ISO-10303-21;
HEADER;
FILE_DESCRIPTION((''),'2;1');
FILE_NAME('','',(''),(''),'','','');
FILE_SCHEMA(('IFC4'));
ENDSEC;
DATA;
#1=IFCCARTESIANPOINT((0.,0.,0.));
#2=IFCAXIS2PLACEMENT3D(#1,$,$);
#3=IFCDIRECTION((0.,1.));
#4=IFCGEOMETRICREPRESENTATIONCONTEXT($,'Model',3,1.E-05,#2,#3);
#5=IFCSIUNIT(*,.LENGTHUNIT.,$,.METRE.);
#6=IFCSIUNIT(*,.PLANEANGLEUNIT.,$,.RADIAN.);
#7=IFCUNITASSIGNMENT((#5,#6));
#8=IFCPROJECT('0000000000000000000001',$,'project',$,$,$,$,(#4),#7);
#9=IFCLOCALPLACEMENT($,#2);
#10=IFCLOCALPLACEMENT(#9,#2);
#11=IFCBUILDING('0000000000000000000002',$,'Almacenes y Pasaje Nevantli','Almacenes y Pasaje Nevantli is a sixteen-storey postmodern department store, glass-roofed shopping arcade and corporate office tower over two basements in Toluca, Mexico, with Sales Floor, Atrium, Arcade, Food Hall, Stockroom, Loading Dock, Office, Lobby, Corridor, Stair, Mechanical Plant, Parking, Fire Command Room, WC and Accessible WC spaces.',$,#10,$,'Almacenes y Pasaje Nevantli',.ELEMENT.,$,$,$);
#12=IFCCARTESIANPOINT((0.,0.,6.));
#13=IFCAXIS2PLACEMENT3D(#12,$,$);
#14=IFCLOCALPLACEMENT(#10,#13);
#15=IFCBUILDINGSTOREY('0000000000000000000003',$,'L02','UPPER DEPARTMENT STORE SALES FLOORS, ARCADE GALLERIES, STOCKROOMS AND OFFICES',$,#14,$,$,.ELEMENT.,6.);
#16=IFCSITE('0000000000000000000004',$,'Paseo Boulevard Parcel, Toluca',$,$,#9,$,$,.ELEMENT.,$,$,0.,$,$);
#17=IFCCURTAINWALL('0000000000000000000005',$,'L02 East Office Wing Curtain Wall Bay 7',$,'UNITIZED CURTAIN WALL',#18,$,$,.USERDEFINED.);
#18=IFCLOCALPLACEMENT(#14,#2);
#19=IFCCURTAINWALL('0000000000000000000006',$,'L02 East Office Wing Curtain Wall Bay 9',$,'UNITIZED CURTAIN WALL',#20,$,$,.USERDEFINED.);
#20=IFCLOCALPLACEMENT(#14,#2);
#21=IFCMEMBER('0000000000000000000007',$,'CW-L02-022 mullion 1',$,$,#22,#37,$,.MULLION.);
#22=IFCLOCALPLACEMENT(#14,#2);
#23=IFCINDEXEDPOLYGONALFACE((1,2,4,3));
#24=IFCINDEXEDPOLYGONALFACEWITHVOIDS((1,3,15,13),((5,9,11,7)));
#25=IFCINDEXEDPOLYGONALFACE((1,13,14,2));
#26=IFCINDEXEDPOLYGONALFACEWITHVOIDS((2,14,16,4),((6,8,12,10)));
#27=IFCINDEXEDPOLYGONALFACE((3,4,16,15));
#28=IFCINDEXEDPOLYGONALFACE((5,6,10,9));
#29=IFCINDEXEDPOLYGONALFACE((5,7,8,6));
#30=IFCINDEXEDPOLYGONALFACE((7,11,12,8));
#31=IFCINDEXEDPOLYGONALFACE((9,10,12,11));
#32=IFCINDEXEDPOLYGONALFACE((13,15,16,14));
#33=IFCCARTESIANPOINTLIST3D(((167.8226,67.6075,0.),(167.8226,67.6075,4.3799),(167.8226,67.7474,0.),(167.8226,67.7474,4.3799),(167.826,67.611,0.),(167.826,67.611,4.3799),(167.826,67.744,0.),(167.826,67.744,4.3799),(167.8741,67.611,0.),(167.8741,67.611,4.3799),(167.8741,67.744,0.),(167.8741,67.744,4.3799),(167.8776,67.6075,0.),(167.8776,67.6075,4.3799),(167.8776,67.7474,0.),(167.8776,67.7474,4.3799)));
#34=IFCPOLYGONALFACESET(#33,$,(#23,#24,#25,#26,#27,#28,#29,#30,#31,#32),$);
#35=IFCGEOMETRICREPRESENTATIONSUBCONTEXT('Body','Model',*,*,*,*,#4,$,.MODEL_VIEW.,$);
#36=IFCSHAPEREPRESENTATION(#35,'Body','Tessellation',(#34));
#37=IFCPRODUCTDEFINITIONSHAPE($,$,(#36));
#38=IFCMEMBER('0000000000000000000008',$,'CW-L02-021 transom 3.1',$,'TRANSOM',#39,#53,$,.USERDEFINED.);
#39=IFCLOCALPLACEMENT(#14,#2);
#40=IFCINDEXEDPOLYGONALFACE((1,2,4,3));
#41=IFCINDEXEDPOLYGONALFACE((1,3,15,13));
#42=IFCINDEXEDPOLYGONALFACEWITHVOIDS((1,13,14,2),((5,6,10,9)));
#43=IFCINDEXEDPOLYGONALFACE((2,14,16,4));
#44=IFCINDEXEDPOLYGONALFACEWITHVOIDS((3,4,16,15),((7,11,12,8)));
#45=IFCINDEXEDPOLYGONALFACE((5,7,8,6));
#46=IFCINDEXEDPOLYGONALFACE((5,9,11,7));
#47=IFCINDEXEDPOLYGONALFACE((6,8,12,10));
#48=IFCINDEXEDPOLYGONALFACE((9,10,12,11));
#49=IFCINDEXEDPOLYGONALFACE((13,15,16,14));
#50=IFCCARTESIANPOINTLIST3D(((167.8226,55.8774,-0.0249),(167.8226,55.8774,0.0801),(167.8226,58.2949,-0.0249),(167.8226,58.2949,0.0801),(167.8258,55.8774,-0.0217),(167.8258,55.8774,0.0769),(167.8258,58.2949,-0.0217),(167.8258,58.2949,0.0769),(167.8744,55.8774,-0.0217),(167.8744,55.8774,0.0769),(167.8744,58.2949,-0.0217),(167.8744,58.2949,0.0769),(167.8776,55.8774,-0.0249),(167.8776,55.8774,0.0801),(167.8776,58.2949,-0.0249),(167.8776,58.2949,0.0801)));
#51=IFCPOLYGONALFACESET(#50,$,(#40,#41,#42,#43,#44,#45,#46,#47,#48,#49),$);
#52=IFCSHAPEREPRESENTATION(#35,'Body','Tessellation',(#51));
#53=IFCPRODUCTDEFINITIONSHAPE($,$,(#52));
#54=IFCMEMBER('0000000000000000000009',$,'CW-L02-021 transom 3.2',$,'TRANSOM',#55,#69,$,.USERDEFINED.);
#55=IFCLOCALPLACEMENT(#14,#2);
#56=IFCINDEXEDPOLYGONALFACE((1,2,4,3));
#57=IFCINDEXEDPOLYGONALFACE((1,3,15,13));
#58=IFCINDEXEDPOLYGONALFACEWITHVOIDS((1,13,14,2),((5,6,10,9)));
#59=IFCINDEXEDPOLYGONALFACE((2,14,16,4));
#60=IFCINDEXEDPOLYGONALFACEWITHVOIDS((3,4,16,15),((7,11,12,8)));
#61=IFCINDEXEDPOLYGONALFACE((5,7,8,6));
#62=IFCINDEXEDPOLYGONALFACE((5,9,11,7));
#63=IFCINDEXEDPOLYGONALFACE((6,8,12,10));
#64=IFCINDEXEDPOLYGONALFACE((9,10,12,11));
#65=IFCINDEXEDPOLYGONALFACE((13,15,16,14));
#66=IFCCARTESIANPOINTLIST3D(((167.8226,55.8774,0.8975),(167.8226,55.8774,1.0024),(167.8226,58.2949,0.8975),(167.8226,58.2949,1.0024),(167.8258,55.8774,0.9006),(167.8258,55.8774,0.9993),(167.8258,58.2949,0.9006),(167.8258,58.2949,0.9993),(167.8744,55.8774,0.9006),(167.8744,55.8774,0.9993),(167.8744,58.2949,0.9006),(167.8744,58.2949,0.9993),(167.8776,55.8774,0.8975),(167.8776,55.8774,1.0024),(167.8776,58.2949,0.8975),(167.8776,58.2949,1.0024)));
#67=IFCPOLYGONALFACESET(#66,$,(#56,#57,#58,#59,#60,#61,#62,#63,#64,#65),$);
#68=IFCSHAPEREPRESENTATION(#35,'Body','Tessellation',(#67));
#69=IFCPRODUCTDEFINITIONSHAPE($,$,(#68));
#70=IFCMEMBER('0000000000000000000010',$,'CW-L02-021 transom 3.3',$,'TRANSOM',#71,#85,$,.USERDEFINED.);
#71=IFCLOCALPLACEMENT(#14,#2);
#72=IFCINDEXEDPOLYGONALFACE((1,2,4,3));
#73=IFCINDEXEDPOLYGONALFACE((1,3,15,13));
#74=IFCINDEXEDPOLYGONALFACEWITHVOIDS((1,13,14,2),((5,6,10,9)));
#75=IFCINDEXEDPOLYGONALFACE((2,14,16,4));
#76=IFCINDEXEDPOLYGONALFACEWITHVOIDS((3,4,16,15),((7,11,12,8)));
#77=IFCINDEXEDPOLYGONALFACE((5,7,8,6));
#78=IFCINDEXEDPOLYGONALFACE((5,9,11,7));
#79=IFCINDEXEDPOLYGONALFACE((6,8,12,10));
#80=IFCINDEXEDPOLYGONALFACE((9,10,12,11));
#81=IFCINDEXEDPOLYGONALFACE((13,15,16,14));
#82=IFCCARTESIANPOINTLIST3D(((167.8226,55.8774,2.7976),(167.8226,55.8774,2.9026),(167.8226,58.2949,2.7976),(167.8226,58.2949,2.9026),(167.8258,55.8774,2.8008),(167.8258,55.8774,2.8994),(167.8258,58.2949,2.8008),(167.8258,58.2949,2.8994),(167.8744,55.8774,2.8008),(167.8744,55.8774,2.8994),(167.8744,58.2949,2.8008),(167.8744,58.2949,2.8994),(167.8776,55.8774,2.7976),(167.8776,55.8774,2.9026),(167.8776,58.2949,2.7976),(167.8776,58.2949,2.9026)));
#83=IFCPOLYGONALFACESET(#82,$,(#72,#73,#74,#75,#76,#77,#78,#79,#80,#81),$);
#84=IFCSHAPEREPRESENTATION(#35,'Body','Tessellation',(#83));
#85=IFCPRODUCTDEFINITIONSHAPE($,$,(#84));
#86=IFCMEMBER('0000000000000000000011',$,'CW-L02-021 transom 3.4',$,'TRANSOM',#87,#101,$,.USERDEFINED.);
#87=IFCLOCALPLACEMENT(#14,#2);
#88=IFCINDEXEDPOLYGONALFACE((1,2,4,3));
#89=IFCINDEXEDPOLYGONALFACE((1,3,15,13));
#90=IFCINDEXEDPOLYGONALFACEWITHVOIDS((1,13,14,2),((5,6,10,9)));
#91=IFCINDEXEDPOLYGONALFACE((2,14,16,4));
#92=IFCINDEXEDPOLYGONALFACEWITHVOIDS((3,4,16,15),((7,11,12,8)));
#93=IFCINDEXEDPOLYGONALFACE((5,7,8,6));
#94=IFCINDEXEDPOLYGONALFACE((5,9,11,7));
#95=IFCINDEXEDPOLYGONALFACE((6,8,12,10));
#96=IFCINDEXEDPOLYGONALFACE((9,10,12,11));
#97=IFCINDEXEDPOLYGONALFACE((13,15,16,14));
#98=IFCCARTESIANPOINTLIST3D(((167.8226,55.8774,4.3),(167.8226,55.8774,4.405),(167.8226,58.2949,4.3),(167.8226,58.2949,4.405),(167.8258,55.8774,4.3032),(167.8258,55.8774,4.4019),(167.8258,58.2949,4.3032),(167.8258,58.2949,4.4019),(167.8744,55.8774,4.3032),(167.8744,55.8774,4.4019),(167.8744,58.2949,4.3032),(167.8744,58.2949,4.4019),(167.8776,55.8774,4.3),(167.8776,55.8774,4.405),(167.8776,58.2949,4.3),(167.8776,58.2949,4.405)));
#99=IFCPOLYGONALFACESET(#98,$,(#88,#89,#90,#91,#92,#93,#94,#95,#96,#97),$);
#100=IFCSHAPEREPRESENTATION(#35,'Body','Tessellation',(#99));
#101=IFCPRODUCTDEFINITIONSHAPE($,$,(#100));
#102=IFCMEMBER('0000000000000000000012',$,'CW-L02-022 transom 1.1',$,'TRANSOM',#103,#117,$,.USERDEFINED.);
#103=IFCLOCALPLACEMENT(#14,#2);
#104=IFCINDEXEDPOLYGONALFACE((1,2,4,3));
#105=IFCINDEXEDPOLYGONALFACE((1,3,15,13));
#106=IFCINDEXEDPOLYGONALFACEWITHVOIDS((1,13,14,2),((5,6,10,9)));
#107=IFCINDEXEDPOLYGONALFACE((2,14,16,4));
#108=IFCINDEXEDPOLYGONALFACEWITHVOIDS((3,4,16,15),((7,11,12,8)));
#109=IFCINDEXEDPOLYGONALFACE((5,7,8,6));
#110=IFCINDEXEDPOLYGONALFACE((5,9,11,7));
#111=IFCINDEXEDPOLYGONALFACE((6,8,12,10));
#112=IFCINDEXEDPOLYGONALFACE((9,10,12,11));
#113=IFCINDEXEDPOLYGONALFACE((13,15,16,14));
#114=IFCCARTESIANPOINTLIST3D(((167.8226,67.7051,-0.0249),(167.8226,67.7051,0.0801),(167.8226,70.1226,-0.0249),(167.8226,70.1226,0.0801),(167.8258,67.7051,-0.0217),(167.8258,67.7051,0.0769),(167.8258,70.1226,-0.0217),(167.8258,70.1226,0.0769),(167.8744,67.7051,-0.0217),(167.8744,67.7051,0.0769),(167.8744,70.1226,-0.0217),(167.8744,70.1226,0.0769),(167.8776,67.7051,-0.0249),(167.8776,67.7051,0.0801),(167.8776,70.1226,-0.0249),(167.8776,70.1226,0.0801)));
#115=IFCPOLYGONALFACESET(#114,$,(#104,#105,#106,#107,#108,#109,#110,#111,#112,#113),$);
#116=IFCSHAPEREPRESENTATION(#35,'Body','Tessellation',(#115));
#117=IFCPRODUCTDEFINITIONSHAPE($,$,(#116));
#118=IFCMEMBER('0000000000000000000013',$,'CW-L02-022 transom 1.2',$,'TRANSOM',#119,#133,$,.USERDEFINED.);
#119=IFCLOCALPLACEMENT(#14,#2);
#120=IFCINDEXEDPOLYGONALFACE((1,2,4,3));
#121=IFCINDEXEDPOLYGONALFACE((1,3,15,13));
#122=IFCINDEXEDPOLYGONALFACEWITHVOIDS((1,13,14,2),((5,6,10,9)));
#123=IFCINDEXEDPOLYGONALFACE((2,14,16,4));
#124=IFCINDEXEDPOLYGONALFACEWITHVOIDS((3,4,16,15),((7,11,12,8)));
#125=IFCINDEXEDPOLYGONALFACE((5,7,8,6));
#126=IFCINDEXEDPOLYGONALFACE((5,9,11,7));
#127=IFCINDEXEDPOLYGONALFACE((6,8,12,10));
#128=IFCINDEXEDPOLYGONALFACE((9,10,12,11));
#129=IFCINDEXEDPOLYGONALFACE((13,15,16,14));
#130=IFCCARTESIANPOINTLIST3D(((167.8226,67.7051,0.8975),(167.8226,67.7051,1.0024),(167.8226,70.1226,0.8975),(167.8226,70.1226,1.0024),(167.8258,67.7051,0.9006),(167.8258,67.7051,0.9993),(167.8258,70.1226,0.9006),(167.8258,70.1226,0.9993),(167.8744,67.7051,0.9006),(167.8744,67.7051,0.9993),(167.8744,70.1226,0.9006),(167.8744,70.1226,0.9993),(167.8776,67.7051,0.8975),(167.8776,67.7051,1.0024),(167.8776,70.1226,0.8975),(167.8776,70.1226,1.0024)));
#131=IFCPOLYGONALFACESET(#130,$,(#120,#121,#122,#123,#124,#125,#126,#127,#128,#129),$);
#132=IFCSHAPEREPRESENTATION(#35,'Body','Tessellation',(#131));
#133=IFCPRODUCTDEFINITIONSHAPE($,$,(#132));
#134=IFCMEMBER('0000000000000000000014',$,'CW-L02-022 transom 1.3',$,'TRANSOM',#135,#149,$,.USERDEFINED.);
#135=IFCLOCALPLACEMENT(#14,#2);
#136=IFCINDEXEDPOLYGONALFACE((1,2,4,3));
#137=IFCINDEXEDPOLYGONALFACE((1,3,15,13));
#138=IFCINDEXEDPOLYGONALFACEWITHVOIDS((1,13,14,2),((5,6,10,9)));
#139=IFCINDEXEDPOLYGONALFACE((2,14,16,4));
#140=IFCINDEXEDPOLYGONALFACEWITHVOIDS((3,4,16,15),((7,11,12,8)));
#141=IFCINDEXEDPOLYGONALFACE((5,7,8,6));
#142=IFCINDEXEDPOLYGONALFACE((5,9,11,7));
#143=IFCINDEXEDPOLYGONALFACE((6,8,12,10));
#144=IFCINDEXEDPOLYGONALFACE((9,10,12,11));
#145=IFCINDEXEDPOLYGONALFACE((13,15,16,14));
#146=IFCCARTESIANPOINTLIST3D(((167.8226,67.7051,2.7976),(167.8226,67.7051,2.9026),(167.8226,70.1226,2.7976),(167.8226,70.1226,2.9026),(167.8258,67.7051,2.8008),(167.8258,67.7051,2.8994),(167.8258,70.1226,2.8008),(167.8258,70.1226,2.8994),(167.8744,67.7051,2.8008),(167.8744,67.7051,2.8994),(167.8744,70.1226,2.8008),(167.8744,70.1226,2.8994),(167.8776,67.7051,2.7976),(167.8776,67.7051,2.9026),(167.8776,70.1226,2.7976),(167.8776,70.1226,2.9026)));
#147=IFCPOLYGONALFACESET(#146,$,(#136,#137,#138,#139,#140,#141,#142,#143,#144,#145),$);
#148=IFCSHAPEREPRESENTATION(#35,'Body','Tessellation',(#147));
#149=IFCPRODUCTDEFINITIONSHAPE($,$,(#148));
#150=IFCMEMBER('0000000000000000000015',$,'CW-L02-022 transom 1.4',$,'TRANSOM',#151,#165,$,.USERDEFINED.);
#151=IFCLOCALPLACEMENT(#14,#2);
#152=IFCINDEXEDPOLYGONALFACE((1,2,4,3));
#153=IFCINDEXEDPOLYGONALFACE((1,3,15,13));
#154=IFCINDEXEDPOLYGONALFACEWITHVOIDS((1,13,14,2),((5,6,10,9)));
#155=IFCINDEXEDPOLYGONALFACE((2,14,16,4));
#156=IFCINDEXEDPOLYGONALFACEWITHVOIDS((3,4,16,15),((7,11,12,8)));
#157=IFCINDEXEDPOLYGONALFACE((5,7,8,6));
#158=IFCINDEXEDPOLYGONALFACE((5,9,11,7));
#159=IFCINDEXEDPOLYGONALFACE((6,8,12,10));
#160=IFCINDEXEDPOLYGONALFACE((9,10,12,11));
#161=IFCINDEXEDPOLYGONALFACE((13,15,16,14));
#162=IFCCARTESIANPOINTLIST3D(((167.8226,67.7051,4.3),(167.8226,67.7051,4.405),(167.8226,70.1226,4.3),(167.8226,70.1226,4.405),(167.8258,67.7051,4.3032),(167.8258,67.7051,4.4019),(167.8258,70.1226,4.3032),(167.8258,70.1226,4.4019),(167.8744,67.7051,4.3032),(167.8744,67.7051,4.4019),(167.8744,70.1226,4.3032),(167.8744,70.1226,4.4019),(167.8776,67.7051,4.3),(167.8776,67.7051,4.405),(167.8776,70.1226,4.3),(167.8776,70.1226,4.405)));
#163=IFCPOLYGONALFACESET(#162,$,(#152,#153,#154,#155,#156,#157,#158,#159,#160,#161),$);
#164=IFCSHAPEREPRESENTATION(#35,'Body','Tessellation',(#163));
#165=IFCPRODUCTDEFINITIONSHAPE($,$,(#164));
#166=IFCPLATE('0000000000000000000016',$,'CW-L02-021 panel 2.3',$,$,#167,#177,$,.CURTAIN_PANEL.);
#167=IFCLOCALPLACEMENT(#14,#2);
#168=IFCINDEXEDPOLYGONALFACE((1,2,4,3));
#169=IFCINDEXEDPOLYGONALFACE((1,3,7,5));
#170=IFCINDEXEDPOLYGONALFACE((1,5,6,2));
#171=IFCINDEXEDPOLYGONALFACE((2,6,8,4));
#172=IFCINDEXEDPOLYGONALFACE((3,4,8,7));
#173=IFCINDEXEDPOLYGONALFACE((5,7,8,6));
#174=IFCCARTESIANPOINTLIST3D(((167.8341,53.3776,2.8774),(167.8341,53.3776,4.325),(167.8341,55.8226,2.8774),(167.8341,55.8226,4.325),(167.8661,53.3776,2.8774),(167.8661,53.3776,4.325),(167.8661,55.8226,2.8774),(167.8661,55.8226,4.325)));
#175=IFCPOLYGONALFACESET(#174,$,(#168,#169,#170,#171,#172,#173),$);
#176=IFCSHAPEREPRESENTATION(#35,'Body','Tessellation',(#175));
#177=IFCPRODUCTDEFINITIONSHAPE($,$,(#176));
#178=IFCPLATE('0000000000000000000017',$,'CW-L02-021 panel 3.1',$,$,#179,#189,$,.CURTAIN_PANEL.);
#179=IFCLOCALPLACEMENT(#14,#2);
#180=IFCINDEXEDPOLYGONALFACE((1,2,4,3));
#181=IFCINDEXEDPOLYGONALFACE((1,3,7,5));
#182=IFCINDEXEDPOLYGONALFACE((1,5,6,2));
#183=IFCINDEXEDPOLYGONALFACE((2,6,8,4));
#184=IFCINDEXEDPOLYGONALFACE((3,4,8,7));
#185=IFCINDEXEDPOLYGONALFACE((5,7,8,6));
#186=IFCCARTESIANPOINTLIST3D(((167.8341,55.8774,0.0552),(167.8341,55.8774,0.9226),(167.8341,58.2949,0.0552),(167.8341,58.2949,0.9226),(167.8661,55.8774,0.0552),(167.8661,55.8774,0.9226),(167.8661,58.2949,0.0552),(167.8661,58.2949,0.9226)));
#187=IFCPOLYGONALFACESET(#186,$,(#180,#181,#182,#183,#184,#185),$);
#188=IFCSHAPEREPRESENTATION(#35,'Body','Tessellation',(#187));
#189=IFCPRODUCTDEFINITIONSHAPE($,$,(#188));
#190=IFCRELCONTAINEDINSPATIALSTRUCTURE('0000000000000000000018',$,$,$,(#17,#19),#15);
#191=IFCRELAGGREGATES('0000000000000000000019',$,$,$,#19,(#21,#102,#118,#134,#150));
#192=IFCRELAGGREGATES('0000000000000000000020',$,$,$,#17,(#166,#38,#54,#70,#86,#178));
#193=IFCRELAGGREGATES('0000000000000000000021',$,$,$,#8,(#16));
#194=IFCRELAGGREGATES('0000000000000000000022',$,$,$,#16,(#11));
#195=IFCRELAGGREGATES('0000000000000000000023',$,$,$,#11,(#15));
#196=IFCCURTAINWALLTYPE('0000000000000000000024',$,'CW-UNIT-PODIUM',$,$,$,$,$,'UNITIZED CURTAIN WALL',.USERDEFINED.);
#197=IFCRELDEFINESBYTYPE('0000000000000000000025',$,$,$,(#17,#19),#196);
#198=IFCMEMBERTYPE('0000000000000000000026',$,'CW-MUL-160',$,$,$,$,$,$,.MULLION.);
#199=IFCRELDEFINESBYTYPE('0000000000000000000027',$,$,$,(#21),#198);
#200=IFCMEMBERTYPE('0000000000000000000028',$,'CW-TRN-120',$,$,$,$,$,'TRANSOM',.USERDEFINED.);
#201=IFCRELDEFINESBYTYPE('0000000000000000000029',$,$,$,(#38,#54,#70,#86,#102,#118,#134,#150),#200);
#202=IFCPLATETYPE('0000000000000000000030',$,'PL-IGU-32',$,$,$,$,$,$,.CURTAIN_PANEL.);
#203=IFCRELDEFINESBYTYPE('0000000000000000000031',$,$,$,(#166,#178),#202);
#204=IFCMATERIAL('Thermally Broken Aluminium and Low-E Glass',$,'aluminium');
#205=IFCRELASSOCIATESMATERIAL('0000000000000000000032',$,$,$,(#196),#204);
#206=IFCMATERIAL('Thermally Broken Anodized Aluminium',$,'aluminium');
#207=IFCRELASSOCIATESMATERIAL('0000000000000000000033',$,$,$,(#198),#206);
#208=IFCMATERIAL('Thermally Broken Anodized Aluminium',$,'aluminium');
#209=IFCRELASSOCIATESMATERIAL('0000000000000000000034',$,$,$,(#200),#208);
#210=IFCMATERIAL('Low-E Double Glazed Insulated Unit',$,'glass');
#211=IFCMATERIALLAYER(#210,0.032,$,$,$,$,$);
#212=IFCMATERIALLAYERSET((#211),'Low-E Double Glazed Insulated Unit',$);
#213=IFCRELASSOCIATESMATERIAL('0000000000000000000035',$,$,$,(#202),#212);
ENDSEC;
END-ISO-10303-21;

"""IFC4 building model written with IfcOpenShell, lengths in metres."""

from ifc_helpers import new_model, si_unit, direction, frame, origin, origin_2d, place, context, subcontext, project, spatial, rectangle, hollow_rectangle, extrude, material, layer, layer_set, material_profile, profile_set, type_object, element, aggregate, save


model = new_model("IFC4")

# Units and contexts
model_context = context("Model", 3, precision=1e-05, world=origin(), true_north=direction((0.0, 1.0)))
body_context = subcontext(model_context, "Body", "Model", "MODEL_VIEW")
ifc_project = project(units=[si_unit("LENGTHUNIT", "METRE"), si_unit("PLANEANGLEUNIT", "RADIAN")], contexts=[model_context])

# Site, building, storey
site_placement = place(None, origin())
site = spatial("IfcSite", under=ifc_project, at=site_placement, Name="Paseo Boulevard Parcel, Toluca", CompositionType="ELEMENT", RefElevation=0.0)
building_placement = place(site_placement, origin())
building = spatial("IfcBuilding", under=site, at=building_placement, Name="Almacenes y Pasaje Nevantli", Description="Almacenes y Pasaje Nevantli is a sixteen-storey postmodern department store, glass-roofed shopping arcade and corporate office tower over two basements in Toluca, Mexico, with Sales Floor, Atrium, Arcade, Food Hall, Stockroom, Loading Dock, Office, Lobby, Corridor, Stair, Mechanical Plant, Parking, Fire Command Room, WC and Accessible WC spaces.", LongName="Almacenes y Pasaje Nevantli", CompositionType="ELEMENT")
storey_placement = place(building_placement, frame((0.0, 0.0, 6.0)))
storey = spatial("IfcBuildingStorey", under=building, at=storey_placement, Name="L02", Description="UPPER DEPARTMENT STORE SALES FLOORS, ARCADE GALLERIES, STOCKROOMS AND OFFICES", CompositionType="ELEMENT", Elevation=6.0)

# Curtain wall
ifc_material_1 = material(Name="Thermally Broken Aluminium and Low-E Glass", Category="aluminium")
curtain_wall_type = type_object("IfcCurtainWallType", Name="CW-UNIT-PODIUM", ElementType="UNITIZED CURTAIN WALL", PredefinedType="USERDEFINED", material=ifc_material_1)
curtain_wall_1_placement = place(storey_placement, origin())
curtain_wall_1 = element("IfcCurtainWall", 1, at=curtain_wall_1_placement, inside=storey, type_object=curtain_wall_type, Name="L02 East Office Wing Curtain Wall Bay 7", ObjectType="UNITIZED CURTAIN WALL", PredefinedType="USERDEFINED")
ifc_material_2 = material(Name="Thermally Broken Anodized Aluminium", Category="aluminium")
ifc_material_profile_1 = material_profile(ifc_material_2, hollow_rectangle(XDim=0.0549, YDim=0.1399, WallThickness=0.0034, at=origin_2d()), Name="ALU-MUL-55x140")
ifc_profile_set_1 = profile_set([ifc_material_profile_1], Name="Thermally Broken Anodized Aluminium")
member_type_1 = type_object("IfcMemberType", Name="CW-MUL-160", PredefinedType="MULLION", material=ifc_profile_set_1)

# Curtain wall, member
curtain_wall_2_placement = place(storey_placement, origin())
curtain_wall_2 = element("IfcCurtainWall", 2, at=curtain_wall_2_placement, inside=storey, type_object=curtain_wall_type, Name="L02 East Office Wing Curtain Wall Bay 9", ObjectType="UNITIZED CURTAIN WALL", PredefinedType="USERDEFINED")
member_1_placement = place(storey_placement, frame((167.8501, 67.6775, 0.0), z_axis=(0.0, 0.0, 1.0), x_axis=(-1.0, 0.0, 0.0)))
member_1 = element("IfcMember", 3, at=member_1_placement, type_object=member_type_1, Name="CW-L02-022 mullion 1", PredefinedType="MULLION", context=body_context, shape_type="SweptSolid", body=[
    extrude(hollow_rectangle(XDim=0.0549, YDim=0.1399, WallThickness=0.0034, at=origin_2d()), origin(), (0.0, 0.0, 1.0), 4.3799),
])

# Members
ifc_material_3 = material(Name="Thermally Broken Anodized Aluminium", Category="aluminium")
ifc_material_profile_2 = material_profile(ifc_material_3, hollow_rectangle(XDim=0.0549, YDim=0.105, WallThickness=0.0032, at=origin_2d()), Name="ALU-TRN-55x105")
ifc_profile_set_2 = profile_set([ifc_material_profile_2], Name="Thermally Broken Anodized Aluminium")
member_type_2 = type_object("IfcMemberType", Name="CW-TRN-120", ElementType="TRANSOM", PredefinedType="USERDEFINED", material=ifc_profile_set_2)
member_2_placement = place(storey_placement, frame((167.8501, 55.8774, 0.0276), z_axis=(0.0, 1.0, 0.0), x_axis=(-1.0, 0.0, 0.0)))
member_2 = element("IfcMember", 4, at=member_2_placement, type_object=member_type_2, Name="CW-L02-021 transom 3.1", ObjectType="TRANSOM", PredefinedType="USERDEFINED", context=body_context, shape_type="SweptSolid", body=[
    extrude(hollow_rectangle(XDim=0.0549, YDim=0.105, WallThickness=0.0032, at=origin_2d()), origin(), (0.0, 0.0, 1.0), 2.4175),
])
member_3_placement = place(storey_placement, frame((167.8501, 55.8774, 0.95), z_axis=(0.0, 1.0, 0.0), x_axis=(-1.0, 0.0, 0.0)))
member_3 = element("IfcMember", 5, at=member_3_placement, type_object=member_type_2, Name="CW-L02-021 transom 3.2", ObjectType="TRANSOM", PredefinedType="USERDEFINED", context=body_context, shape_type="SweptSolid", body=[
    extrude(hollow_rectangle(XDim=0.0549, YDim=0.105, WallThickness=0.0032, at=origin_2d()), origin(), (0.0, 0.0, 1.0), 2.4175),
])
member_4_placement = place(storey_placement, frame((167.8501, 55.8774, 2.8501), z_axis=(0.0, 1.0, 0.0), x_axis=(-1.0, 0.0, 0.0)))
member_4 = element("IfcMember", 6, at=member_4_placement, type_object=member_type_2, Name="CW-L02-021 transom 3.3", ObjectType="TRANSOM", PredefinedType="USERDEFINED", context=body_context, shape_type="SweptSolid", body=[
    extrude(hollow_rectangle(XDim=0.0549, YDim=0.105, WallThickness=0.0032, at=origin_2d()), origin(), (0.0, 0.0, 1.0), 2.4175),
])
member_5_placement = place(storey_placement, frame((167.8501, 55.8774, 4.3525), z_axis=(0.0, 1.0, 0.0), x_axis=(-1.0, 0.0, 0.0)))
member_5 = element("IfcMember", 7, at=member_5_placement, type_object=member_type_2, Name="CW-L02-021 transom 3.4", ObjectType="TRANSOM", PredefinedType="USERDEFINED", context=body_context, shape_type="SweptSolid", body=[
    extrude(hollow_rectangle(XDim=0.0549, YDim=0.105, WallThickness=0.0032, at=origin_2d()), origin(), (0.0, 0.0, 1.0), 2.4175),
])
member_6_placement = place(storey_placement, frame((167.8501, 67.7051, 0.0276), z_axis=(0.0, 1.0, 0.0), x_axis=(-1.0, 0.0, 0.0)))
member_6 = element("IfcMember", 8, at=member_6_placement, type_object=member_type_2, Name="CW-L02-022 transom 1.1", ObjectType="TRANSOM", PredefinedType="USERDEFINED", context=body_context, shape_type="SweptSolid", body=[
    extrude(hollow_rectangle(XDim=0.0549, YDim=0.105, WallThickness=0.0032, at=origin_2d()), origin(), (0.0, 0.0, 1.0), 2.4175),
])
member_7_placement = place(storey_placement, frame((167.8501, 67.7051, 0.95), z_axis=(0.0, 1.0, 0.0), x_axis=(-1.0, 0.0, 0.0)))
member_7 = element("IfcMember", 9, at=member_7_placement, type_object=member_type_2, Name="CW-L02-022 transom 1.2", ObjectType="TRANSOM", PredefinedType="USERDEFINED", context=body_context, shape_type="SweptSolid", body=[
    extrude(hollow_rectangle(XDim=0.0549, YDim=0.105, WallThickness=0.0032, at=origin_2d()), origin(), (0.0, 0.0, 1.0), 2.4175),
])
member_8_placement = place(storey_placement, frame((167.8501, 67.7051, 2.8501), z_axis=(0.0, 1.0, 0.0), x_axis=(-1.0, 0.0, 0.0)))
member_8 = element("IfcMember", 10, at=member_8_placement, type_object=member_type_2, Name="CW-L02-022 transom 1.3", ObjectType="TRANSOM", PredefinedType="USERDEFINED", context=body_context, shape_type="SweptSolid", body=[
    extrude(hollow_rectangle(XDim=0.0549, YDim=0.105, WallThickness=0.0032, at=origin_2d()), origin(), (0.0, 0.0, 1.0), 2.4175),
])
member_9_placement = place(storey_placement, frame((167.8501, 67.7051, 4.3525), z_axis=(0.0, 1.0, 0.0), x_axis=(-1.0, 0.0, 0.0)))
member_9 = element("IfcMember", 11, at=member_9_placement, type_object=member_type_2, Name="CW-L02-022 transom 1.4", ObjectType="TRANSOM", PredefinedType="USERDEFINED", context=body_context, shape_type="SweptSolid", body=[
    extrude(hollow_rectangle(XDim=0.0549, YDim=0.105, WallThickness=0.0032, at=origin_2d()), origin(), (0.0, 0.0, 1.0), 2.4175),
])
aggregate(curtain_wall_2, [member_1, member_6, member_7, member_8, member_9])

# Plates
ifc_material_4 = material(Name="Low-E Double Glazed Insulated Unit", Category="glass")
ifc_layer_1 = layer(ifc_material_4, 0.032)
ifc_layer_set_1 = layer_set([ifc_layer_1], Name="Low-E Double Glazed Insulated Unit")
plate_type = type_object("IfcPlateType", Name="PL-IGU-32", PredefinedType="CURTAIN_PANEL", material=ifc_layer_set_1)
plate_1_placement = place(storey_placement, frame((167.8501, 54.6001, 2.8774), z_axis=(0.0, 0.0, 1.0), x_axis=(0.0, 1.0, 0.0)))
plate_1 = element("IfcPlate", 12, at=plate_1_placement, type_object=plate_type, Name="CW-L02-021 panel 2.3", PredefinedType="CURTAIN_PANEL", context=body_context, shape_type="SweptSolid", body=[
    extrude(rectangle(XDim=2.4451, YDim=0.032, at=origin_2d()), origin(), (0.0, 0.0, 1.0), 1.4475),
])
plate_2_placement = place(storey_placement, frame((167.8501, 57.0862, 0.0552), z_axis=(0.0, 0.0, 1.0), x_axis=(0.0, 1.0, 0.0)))
plate_2 = element("IfcPlate", 13, at=plate_2_placement, type_object=plate_type, Name="CW-L02-021 panel 3.1", PredefinedType="CURTAIN_PANEL", context=body_context, shape_type="SweptSolid", body=[
    extrude(rectangle(XDim=2.4175, YDim=0.032, at=origin_2d()), origin(), (0.0, 0.0, 1.0), 0.8674),
])
aggregate(curtain_wall_1, [plate_1, member_2, member_3, member_4, member_5, plate_2])

save(model, "model.ifc")
